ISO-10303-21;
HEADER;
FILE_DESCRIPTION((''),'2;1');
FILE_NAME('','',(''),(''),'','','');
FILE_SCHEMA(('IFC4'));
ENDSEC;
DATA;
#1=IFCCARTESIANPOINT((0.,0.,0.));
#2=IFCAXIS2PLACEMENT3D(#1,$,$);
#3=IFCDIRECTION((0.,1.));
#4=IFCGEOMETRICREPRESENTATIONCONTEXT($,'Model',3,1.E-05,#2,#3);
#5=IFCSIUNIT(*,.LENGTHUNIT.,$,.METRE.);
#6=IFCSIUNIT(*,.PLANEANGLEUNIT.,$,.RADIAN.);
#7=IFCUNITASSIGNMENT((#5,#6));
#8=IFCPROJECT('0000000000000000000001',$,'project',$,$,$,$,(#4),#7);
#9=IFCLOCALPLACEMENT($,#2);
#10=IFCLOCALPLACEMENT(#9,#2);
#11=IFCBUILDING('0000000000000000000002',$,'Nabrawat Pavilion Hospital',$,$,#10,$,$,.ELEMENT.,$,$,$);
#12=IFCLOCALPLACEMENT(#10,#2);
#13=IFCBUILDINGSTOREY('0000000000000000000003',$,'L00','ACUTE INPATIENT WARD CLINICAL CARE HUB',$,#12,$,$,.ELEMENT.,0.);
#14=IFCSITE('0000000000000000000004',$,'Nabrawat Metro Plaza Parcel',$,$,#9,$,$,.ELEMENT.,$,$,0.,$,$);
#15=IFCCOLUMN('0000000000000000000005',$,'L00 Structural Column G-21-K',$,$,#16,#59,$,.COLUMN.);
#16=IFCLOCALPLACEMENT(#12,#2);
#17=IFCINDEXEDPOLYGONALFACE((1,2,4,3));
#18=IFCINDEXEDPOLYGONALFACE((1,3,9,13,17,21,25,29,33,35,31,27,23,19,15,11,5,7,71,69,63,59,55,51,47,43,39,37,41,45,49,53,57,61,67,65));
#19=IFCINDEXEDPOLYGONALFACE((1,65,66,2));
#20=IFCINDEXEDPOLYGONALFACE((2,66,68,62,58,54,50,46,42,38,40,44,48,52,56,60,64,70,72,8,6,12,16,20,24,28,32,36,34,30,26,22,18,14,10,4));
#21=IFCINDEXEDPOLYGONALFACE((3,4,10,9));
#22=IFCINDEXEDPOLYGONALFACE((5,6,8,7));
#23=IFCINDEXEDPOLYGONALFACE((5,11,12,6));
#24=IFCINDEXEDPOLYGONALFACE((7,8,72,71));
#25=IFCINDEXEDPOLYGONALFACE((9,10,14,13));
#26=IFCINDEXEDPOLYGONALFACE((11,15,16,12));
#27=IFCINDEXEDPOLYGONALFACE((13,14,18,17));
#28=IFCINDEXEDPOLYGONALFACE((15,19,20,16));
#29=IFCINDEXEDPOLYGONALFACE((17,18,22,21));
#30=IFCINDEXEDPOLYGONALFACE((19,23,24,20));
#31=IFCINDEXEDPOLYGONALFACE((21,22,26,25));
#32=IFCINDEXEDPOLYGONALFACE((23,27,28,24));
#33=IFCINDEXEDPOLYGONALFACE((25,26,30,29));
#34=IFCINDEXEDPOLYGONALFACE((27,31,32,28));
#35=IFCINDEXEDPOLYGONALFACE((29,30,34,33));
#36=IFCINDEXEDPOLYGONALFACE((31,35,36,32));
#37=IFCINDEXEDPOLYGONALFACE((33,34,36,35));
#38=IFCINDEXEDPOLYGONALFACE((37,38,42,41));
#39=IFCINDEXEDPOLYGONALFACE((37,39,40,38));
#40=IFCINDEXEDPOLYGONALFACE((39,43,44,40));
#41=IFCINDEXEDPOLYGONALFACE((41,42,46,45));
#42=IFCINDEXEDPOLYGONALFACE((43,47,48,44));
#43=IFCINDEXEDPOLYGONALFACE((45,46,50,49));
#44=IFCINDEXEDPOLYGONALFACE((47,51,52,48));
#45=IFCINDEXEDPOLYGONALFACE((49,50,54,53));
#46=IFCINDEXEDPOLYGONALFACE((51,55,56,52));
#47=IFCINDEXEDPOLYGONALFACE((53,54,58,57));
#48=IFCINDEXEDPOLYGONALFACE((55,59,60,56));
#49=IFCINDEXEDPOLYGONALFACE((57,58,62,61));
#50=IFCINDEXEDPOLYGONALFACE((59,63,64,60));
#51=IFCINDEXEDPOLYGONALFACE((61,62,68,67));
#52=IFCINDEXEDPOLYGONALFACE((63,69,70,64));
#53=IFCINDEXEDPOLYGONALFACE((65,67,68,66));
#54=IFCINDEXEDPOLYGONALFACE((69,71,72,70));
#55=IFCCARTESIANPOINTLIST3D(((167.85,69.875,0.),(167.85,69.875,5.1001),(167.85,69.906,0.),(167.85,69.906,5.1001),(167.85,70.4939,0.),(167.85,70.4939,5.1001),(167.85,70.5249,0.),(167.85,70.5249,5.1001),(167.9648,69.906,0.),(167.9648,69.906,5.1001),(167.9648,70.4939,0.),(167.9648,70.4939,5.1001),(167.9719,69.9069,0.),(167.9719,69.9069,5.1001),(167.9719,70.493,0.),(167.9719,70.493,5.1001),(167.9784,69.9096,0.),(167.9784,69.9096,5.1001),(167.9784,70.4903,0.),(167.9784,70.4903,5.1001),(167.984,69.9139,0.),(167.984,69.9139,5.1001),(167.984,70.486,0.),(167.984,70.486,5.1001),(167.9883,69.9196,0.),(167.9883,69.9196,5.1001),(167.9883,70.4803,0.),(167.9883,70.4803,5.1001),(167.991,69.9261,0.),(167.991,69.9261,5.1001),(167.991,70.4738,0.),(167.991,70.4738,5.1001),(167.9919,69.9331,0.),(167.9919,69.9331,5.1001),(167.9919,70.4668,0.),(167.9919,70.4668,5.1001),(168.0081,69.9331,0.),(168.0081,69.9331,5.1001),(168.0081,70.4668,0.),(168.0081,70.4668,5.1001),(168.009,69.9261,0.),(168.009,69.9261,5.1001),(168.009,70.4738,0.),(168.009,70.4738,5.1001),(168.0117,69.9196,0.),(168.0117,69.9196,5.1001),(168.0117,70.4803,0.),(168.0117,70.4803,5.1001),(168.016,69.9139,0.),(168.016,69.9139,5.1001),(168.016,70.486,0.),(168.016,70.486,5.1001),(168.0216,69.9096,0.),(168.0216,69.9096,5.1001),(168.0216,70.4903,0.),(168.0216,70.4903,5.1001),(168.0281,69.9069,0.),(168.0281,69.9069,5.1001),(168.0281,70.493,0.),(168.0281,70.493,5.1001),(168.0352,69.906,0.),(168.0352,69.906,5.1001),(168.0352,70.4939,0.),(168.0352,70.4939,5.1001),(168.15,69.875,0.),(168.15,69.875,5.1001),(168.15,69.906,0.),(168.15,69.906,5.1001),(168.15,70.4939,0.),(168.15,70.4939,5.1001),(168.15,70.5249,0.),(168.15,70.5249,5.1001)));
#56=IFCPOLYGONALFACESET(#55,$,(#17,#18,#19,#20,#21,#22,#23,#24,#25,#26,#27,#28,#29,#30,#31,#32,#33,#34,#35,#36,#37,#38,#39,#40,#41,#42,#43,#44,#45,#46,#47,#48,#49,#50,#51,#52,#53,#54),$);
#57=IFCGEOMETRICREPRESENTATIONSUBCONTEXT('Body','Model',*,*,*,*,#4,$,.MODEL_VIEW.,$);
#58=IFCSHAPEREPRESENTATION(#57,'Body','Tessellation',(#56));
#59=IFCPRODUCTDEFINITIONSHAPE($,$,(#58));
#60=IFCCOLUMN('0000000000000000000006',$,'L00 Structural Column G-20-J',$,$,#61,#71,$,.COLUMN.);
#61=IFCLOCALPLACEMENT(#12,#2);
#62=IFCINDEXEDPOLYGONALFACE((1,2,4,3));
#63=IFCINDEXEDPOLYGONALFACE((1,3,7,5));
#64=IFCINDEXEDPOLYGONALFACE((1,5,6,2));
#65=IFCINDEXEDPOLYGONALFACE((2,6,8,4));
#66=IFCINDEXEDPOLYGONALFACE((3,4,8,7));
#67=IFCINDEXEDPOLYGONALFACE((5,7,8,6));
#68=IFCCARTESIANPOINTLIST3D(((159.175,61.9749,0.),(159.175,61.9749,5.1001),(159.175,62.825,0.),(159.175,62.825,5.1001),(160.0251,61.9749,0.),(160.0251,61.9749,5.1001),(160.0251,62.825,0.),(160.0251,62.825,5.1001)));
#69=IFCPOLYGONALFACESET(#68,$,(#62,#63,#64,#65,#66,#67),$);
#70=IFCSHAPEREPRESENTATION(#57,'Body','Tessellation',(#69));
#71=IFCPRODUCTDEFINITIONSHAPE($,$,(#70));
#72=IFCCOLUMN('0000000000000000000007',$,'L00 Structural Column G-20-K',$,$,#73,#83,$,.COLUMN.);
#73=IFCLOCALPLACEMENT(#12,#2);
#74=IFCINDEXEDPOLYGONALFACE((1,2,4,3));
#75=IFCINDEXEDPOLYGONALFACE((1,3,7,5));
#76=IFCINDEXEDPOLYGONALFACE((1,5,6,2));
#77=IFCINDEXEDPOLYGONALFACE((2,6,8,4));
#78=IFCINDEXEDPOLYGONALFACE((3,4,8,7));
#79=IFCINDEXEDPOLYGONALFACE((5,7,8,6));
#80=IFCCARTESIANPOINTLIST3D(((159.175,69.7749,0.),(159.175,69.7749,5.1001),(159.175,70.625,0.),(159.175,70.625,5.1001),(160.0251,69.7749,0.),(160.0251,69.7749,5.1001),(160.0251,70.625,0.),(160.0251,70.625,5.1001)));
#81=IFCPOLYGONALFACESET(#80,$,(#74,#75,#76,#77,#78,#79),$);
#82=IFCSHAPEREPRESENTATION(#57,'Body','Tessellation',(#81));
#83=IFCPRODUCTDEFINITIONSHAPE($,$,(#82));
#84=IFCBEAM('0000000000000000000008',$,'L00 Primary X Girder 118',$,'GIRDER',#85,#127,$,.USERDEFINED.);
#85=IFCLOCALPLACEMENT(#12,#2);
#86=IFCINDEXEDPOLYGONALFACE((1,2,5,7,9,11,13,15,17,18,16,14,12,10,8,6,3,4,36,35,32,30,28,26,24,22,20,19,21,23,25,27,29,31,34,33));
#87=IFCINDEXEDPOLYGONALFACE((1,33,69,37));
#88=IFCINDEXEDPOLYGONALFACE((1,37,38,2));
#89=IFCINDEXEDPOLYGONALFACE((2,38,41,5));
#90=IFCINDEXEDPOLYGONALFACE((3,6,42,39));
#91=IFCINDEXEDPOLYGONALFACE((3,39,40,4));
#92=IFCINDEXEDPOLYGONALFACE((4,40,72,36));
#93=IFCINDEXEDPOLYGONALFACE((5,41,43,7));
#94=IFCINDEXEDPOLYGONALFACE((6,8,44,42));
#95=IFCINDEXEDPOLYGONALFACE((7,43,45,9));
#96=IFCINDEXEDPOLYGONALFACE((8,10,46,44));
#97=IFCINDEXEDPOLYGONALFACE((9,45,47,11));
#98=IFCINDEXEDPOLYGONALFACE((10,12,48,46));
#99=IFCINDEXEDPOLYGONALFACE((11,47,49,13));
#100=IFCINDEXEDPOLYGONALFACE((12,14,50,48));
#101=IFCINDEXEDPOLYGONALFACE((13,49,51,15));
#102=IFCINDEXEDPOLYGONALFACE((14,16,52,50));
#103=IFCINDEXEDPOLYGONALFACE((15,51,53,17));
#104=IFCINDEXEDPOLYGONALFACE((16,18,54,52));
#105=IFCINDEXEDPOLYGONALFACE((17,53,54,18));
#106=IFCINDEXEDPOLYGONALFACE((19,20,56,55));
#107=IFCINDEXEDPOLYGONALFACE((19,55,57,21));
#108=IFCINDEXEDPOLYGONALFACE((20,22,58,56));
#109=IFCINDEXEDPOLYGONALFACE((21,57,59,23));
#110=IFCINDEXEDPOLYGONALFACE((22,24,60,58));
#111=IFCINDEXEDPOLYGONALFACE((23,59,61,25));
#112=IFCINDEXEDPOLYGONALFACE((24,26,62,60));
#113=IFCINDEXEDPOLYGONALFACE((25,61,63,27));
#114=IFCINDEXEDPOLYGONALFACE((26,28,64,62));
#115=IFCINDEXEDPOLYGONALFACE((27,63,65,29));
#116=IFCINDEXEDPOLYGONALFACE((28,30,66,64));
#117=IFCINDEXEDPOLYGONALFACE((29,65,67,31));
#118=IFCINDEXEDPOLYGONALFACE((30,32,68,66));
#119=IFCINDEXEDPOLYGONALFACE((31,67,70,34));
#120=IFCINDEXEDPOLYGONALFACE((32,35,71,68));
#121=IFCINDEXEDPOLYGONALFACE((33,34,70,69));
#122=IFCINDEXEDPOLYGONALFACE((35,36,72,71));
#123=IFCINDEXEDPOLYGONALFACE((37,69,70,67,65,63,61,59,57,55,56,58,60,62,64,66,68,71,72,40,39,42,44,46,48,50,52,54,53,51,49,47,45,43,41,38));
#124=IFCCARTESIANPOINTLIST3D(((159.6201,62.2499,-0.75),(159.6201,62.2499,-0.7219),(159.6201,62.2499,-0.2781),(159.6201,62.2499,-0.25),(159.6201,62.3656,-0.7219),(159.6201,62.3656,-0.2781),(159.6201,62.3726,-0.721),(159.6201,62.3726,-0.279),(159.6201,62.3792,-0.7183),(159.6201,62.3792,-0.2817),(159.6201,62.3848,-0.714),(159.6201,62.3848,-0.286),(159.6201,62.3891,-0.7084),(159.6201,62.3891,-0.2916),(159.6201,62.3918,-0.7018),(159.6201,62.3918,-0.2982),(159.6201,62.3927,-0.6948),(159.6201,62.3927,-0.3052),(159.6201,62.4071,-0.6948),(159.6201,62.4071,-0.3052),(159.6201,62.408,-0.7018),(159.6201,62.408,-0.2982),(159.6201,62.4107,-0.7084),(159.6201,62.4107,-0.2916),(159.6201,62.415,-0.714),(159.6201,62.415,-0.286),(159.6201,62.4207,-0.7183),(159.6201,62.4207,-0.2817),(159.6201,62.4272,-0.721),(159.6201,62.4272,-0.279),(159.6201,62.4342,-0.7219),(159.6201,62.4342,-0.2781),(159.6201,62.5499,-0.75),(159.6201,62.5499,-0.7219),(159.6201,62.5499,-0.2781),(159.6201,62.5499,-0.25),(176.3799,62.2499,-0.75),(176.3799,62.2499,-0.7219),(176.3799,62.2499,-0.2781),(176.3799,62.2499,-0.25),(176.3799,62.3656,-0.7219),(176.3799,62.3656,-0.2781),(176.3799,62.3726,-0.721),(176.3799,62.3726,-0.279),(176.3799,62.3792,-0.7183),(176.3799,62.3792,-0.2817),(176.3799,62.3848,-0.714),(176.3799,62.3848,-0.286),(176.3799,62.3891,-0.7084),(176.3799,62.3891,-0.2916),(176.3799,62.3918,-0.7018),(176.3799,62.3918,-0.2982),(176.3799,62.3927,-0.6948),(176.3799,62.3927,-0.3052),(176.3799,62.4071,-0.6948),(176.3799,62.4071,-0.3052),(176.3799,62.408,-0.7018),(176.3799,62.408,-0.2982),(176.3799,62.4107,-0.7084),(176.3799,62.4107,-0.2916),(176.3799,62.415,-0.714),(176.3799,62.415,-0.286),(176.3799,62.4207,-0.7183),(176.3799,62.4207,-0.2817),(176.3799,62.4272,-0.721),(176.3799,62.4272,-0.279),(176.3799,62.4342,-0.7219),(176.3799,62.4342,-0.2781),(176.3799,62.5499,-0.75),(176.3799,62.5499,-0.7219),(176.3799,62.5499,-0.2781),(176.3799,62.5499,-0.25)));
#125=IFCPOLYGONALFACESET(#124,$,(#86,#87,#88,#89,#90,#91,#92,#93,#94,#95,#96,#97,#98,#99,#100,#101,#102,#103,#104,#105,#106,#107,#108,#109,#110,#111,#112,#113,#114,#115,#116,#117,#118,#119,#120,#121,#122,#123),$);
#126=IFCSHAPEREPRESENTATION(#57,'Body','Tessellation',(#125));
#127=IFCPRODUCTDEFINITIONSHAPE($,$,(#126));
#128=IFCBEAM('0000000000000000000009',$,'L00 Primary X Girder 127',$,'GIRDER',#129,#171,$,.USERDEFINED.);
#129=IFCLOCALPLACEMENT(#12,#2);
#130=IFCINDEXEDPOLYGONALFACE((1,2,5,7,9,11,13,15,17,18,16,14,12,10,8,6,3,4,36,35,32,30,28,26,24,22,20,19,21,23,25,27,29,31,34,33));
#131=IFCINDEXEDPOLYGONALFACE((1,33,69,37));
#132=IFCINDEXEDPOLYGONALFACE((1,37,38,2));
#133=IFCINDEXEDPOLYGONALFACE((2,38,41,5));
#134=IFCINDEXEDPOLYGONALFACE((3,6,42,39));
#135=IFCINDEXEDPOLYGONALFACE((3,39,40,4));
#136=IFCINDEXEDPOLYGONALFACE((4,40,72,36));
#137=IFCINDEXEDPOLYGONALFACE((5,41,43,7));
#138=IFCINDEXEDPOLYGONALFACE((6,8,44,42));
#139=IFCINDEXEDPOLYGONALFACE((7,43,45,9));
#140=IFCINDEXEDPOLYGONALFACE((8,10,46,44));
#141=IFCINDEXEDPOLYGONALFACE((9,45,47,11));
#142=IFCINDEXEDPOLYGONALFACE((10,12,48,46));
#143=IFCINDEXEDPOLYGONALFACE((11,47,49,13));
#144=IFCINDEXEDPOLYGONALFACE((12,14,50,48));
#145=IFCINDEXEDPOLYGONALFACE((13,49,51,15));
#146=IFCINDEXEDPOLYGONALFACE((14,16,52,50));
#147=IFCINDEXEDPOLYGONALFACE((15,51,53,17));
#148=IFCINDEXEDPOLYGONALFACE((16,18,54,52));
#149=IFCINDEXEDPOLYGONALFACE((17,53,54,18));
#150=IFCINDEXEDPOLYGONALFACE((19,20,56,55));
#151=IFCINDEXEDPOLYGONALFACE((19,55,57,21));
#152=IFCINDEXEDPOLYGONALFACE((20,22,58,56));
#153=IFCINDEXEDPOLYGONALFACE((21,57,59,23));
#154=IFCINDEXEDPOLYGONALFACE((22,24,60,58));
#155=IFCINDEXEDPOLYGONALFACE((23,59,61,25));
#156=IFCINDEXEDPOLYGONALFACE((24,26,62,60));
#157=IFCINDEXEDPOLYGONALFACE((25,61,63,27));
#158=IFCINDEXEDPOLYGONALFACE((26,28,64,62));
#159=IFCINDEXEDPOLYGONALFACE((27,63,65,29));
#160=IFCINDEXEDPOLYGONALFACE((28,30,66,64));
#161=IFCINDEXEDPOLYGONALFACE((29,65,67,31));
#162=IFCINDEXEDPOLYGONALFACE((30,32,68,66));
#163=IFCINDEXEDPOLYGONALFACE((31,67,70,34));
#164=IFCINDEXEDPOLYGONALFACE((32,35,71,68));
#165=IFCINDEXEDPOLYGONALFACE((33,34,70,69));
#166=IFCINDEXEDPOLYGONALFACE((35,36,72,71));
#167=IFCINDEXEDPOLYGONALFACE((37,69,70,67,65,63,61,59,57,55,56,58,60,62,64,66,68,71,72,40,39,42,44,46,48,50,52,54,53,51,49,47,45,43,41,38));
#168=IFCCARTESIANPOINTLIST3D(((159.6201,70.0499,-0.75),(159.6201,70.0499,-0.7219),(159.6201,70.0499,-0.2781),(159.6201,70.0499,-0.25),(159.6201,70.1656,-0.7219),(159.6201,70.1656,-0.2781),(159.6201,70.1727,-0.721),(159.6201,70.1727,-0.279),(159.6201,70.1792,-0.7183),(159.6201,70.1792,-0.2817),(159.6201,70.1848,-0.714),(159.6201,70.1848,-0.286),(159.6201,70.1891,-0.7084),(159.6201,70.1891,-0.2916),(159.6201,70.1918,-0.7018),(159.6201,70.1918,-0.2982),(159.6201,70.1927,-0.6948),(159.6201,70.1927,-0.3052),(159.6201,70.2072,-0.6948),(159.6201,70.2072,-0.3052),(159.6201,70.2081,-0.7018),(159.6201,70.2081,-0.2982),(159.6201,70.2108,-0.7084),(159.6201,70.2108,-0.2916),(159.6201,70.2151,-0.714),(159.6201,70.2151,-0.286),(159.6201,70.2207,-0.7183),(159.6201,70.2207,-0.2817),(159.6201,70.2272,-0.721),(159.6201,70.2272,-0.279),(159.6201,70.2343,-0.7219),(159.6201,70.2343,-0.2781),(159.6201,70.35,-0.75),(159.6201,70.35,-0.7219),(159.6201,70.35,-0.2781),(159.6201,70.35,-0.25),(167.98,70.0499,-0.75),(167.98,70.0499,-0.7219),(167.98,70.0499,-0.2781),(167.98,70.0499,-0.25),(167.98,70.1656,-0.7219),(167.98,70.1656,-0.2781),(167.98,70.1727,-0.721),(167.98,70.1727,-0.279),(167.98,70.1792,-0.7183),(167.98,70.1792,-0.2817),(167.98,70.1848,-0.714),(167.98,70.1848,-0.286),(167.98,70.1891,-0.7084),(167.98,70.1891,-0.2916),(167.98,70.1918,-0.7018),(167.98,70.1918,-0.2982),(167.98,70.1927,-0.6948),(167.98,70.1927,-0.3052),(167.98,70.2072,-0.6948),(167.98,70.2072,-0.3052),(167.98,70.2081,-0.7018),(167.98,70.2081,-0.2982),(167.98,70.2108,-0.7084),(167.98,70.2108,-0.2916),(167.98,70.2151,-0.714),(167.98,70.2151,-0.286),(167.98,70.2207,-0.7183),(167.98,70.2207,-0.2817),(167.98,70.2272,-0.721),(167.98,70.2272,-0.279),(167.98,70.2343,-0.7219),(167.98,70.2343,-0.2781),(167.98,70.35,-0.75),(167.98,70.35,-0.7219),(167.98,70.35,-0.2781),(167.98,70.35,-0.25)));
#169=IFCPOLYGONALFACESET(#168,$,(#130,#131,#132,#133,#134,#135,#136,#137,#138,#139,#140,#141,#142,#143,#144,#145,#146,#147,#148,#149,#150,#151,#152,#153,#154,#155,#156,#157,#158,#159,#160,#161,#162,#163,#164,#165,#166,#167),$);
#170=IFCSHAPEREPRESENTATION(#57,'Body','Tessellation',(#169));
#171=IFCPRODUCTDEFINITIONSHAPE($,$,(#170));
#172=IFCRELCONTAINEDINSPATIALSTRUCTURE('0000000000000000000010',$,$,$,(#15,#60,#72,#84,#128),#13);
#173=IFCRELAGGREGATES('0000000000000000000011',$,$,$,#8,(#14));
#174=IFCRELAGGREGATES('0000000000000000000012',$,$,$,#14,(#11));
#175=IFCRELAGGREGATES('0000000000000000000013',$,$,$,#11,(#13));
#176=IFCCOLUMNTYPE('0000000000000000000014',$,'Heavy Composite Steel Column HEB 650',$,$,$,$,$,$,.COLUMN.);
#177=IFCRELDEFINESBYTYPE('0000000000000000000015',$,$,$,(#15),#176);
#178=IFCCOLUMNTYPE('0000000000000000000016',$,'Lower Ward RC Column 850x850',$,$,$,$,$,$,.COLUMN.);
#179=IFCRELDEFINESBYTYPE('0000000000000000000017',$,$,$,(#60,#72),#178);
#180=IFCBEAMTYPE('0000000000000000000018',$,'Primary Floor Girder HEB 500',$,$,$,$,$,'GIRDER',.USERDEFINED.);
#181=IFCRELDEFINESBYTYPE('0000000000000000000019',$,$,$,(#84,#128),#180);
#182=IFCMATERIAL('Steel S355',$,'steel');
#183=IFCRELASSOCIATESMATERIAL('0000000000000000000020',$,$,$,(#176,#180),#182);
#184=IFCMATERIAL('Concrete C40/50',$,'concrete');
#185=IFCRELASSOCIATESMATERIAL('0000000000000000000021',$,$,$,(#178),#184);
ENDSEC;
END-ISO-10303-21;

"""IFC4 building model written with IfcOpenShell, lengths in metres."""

from ifc_helpers import new_model, si_unit, direction, frame, origin, origin_2d, place, context, subcontext, project, spatial, rectangle, i_section, extrude, material, material_profile, profile_set, type_object, element, save


model = new_model("IFC4")

# Units and contexts
model_context = context("Model", 3, precision=1e-05, world=origin(), true_north=direction((0.0, 1.0)))
body_context = subcontext(model_context, "Body", "Model", "MODEL_VIEW")
ifc_project = project(units=[si_unit("LENGTHUNIT", "METRE"), si_unit("PLANEANGLEUNIT", "RADIAN")], contexts=[model_context])

# Site, building, storey
site_placement = place(None, origin())
site = spatial("IfcSite", under=ifc_project, at=site_placement, Name="Nabrawat Metro Plaza Parcel", CompositionType="ELEMENT", RefElevation=0.0)
building_placement = place(site_placement, origin())
building = spatial("IfcBuilding", under=site, at=building_placement, Name="Nabrawat Pavilion Hospital", CompositionType="ELEMENT")
storey_placement = place(building_placement, origin())
storey = spatial("IfcBuildingStorey", under=building, at=storey_placement, Name="L00", Description="ACUTE INPATIENT WARD CLINICAL CARE HUB", CompositionType="ELEMENT", Elevation=0.0)

# Columns
ifc_material_1 = material(Name="Steel S355", Category="steel")
ifc_material_profile_1 = material_profile(ifc_material_1, i_section(OverallWidth=0.3, OverallDepth=0.6499, WebThickness=0.0161, FlangeThickness=0.031, FilletRadius=0.0271, at=origin_2d()), Name="HEB 650")
ifc_profile_set_1 = profile_set([ifc_material_profile_1], Name="Steel S355")
column_type_1 = type_object("IfcColumnType", Name="Heavy Composite Steel Column HEB 650", PredefinedType="COLUMN", material=ifc_profile_set_1)
column_placement = place(storey_placement, frame((168.0, 70.2, 0.0), z_axis=(0.0, 0.0, 1.0), x_axis=(1.0, 0.0, 0.0)))
element("IfcColumn", 1, at=column_placement, inside=storey, type_object=column_type_1, Name="L00 Structural Column G-21-K", PredefinedType="COLUMN", context=body_context, shape_type="SweptSolid", body=[
    extrude(i_section(OverallWidth=0.3, OverallDepth=0.6499, WebThickness=0.0161, FlangeThickness=0.031, FilletRadius=0.0271, at=origin_2d()), origin(), (0.0, 0.0, 1.0), 5.1001),
])
ifc_material_2 = material(Name="Concrete C40/50", Category="concrete")
ifc_material_profile_2 = material_profile(ifc_material_2, rectangle(XDim=0.8501, YDim=0.8501, at=origin_2d()), Name="RC 850x850")
ifc_profile_set_2 = profile_set([ifc_material_profile_2], Name="Concrete C40/50")
column_type_2 = type_object("IfcColumnType", Name="Lower Ward RC Column 850x850", PredefinedType="COLUMN", material=ifc_profile_set_2)
for number, where, z_axis, x_axis, name in (
    (2, (159.6001, 62.3999, 0.0), (0.0, 0.0, 1.0), (1.0, 0.0, 0.0), "L00 Structural Column G-20-J"),
    (3, (159.6001, 70.2, 0.0), (0.0, 0.0, 1.0), (1.0, 0.0, 0.0), "L00 Structural Column G-20-K"),
):
    element("IfcColumn", number, at=place(storey_placement, frame(where, z_axis=z_axis, x_axis=x_axis)), inside=storey, type_object=column_type_2, Name=name, PredefinedType="COLUMN", context=body_context, shape_type="SweptSolid", body=[
        extrude(rectangle(XDim=0.8501, YDim=0.8501, at=origin_2d()), origin(), (0.0, 0.0, 1.0), 5.1001),
    ])

# Beams
ifc_material_profile_3 = material_profile(ifc_material_1, i_section(OverallWidth=0.3, OverallDepth=0.5, WebThickness=0.0144, FlangeThickness=0.0281, FilletRadius=0.0271, at=origin_2d()), Name="HEB 500")
ifc_profile_set_3 = profile_set([ifc_material_profile_3], Name="Steel S355")
beam_type_1 = type_object("IfcBeamType", Name="Primary Floor Girder HEB 500", ElementType="GIRDER", PredefinedType="USERDEFINED", material=ifc_profile_set_3)
beam_1_placement = place(storey_placement, frame((159.6201, 62.3999, -0.5), z_axis=(1.0, 0.0, 0.0), x_axis=(0.0, 1.0, 0.0)))
element("IfcBeam", 4, at=beam_1_placement, inside=storey, type_object=beam_type_1, Name="L00 Primary X Girder 118", ObjectType="GIRDER", PredefinedType="USERDEFINED", context=body_context, shape_type="SweptSolid", body=[
    extrude(i_section(OverallWidth=0.3, OverallDepth=0.5, WebThickness=0.0144, FlangeThickness=0.0281, FilletRadius=0.0271, at=origin_2d()), origin(), (0.0, 0.0, 1.0), 16.7598),
])
for number, where, z_axis, x_axis, name in (
    (5, (159.6201, 70.2, -0.5), (1.0, 0.0, 0.0), (0.0, 1.0, 0.0), "L00 Primary X Girder 127"),
):
    element("IfcBeam", number, at=place(storey_placement, frame(where, z_axis=z_axis, x_axis=x_axis)), inside=storey, type_object=beam_type_1, Name=name, ObjectType="GIRDER", PredefinedType="USERDEFINED", context=body_context, shape_type="SweptSolid", body=[
        extrude(i_section(OverallWidth=0.3, OverallDepth=0.5, WebThickness=0.0144, FlangeThickness=0.0281, FilletRadius=0.0271, at=origin_2d()), origin(), (0.0, 0.0, 1.0), 8.3599),
    ])

save(model, "model.ifc")
